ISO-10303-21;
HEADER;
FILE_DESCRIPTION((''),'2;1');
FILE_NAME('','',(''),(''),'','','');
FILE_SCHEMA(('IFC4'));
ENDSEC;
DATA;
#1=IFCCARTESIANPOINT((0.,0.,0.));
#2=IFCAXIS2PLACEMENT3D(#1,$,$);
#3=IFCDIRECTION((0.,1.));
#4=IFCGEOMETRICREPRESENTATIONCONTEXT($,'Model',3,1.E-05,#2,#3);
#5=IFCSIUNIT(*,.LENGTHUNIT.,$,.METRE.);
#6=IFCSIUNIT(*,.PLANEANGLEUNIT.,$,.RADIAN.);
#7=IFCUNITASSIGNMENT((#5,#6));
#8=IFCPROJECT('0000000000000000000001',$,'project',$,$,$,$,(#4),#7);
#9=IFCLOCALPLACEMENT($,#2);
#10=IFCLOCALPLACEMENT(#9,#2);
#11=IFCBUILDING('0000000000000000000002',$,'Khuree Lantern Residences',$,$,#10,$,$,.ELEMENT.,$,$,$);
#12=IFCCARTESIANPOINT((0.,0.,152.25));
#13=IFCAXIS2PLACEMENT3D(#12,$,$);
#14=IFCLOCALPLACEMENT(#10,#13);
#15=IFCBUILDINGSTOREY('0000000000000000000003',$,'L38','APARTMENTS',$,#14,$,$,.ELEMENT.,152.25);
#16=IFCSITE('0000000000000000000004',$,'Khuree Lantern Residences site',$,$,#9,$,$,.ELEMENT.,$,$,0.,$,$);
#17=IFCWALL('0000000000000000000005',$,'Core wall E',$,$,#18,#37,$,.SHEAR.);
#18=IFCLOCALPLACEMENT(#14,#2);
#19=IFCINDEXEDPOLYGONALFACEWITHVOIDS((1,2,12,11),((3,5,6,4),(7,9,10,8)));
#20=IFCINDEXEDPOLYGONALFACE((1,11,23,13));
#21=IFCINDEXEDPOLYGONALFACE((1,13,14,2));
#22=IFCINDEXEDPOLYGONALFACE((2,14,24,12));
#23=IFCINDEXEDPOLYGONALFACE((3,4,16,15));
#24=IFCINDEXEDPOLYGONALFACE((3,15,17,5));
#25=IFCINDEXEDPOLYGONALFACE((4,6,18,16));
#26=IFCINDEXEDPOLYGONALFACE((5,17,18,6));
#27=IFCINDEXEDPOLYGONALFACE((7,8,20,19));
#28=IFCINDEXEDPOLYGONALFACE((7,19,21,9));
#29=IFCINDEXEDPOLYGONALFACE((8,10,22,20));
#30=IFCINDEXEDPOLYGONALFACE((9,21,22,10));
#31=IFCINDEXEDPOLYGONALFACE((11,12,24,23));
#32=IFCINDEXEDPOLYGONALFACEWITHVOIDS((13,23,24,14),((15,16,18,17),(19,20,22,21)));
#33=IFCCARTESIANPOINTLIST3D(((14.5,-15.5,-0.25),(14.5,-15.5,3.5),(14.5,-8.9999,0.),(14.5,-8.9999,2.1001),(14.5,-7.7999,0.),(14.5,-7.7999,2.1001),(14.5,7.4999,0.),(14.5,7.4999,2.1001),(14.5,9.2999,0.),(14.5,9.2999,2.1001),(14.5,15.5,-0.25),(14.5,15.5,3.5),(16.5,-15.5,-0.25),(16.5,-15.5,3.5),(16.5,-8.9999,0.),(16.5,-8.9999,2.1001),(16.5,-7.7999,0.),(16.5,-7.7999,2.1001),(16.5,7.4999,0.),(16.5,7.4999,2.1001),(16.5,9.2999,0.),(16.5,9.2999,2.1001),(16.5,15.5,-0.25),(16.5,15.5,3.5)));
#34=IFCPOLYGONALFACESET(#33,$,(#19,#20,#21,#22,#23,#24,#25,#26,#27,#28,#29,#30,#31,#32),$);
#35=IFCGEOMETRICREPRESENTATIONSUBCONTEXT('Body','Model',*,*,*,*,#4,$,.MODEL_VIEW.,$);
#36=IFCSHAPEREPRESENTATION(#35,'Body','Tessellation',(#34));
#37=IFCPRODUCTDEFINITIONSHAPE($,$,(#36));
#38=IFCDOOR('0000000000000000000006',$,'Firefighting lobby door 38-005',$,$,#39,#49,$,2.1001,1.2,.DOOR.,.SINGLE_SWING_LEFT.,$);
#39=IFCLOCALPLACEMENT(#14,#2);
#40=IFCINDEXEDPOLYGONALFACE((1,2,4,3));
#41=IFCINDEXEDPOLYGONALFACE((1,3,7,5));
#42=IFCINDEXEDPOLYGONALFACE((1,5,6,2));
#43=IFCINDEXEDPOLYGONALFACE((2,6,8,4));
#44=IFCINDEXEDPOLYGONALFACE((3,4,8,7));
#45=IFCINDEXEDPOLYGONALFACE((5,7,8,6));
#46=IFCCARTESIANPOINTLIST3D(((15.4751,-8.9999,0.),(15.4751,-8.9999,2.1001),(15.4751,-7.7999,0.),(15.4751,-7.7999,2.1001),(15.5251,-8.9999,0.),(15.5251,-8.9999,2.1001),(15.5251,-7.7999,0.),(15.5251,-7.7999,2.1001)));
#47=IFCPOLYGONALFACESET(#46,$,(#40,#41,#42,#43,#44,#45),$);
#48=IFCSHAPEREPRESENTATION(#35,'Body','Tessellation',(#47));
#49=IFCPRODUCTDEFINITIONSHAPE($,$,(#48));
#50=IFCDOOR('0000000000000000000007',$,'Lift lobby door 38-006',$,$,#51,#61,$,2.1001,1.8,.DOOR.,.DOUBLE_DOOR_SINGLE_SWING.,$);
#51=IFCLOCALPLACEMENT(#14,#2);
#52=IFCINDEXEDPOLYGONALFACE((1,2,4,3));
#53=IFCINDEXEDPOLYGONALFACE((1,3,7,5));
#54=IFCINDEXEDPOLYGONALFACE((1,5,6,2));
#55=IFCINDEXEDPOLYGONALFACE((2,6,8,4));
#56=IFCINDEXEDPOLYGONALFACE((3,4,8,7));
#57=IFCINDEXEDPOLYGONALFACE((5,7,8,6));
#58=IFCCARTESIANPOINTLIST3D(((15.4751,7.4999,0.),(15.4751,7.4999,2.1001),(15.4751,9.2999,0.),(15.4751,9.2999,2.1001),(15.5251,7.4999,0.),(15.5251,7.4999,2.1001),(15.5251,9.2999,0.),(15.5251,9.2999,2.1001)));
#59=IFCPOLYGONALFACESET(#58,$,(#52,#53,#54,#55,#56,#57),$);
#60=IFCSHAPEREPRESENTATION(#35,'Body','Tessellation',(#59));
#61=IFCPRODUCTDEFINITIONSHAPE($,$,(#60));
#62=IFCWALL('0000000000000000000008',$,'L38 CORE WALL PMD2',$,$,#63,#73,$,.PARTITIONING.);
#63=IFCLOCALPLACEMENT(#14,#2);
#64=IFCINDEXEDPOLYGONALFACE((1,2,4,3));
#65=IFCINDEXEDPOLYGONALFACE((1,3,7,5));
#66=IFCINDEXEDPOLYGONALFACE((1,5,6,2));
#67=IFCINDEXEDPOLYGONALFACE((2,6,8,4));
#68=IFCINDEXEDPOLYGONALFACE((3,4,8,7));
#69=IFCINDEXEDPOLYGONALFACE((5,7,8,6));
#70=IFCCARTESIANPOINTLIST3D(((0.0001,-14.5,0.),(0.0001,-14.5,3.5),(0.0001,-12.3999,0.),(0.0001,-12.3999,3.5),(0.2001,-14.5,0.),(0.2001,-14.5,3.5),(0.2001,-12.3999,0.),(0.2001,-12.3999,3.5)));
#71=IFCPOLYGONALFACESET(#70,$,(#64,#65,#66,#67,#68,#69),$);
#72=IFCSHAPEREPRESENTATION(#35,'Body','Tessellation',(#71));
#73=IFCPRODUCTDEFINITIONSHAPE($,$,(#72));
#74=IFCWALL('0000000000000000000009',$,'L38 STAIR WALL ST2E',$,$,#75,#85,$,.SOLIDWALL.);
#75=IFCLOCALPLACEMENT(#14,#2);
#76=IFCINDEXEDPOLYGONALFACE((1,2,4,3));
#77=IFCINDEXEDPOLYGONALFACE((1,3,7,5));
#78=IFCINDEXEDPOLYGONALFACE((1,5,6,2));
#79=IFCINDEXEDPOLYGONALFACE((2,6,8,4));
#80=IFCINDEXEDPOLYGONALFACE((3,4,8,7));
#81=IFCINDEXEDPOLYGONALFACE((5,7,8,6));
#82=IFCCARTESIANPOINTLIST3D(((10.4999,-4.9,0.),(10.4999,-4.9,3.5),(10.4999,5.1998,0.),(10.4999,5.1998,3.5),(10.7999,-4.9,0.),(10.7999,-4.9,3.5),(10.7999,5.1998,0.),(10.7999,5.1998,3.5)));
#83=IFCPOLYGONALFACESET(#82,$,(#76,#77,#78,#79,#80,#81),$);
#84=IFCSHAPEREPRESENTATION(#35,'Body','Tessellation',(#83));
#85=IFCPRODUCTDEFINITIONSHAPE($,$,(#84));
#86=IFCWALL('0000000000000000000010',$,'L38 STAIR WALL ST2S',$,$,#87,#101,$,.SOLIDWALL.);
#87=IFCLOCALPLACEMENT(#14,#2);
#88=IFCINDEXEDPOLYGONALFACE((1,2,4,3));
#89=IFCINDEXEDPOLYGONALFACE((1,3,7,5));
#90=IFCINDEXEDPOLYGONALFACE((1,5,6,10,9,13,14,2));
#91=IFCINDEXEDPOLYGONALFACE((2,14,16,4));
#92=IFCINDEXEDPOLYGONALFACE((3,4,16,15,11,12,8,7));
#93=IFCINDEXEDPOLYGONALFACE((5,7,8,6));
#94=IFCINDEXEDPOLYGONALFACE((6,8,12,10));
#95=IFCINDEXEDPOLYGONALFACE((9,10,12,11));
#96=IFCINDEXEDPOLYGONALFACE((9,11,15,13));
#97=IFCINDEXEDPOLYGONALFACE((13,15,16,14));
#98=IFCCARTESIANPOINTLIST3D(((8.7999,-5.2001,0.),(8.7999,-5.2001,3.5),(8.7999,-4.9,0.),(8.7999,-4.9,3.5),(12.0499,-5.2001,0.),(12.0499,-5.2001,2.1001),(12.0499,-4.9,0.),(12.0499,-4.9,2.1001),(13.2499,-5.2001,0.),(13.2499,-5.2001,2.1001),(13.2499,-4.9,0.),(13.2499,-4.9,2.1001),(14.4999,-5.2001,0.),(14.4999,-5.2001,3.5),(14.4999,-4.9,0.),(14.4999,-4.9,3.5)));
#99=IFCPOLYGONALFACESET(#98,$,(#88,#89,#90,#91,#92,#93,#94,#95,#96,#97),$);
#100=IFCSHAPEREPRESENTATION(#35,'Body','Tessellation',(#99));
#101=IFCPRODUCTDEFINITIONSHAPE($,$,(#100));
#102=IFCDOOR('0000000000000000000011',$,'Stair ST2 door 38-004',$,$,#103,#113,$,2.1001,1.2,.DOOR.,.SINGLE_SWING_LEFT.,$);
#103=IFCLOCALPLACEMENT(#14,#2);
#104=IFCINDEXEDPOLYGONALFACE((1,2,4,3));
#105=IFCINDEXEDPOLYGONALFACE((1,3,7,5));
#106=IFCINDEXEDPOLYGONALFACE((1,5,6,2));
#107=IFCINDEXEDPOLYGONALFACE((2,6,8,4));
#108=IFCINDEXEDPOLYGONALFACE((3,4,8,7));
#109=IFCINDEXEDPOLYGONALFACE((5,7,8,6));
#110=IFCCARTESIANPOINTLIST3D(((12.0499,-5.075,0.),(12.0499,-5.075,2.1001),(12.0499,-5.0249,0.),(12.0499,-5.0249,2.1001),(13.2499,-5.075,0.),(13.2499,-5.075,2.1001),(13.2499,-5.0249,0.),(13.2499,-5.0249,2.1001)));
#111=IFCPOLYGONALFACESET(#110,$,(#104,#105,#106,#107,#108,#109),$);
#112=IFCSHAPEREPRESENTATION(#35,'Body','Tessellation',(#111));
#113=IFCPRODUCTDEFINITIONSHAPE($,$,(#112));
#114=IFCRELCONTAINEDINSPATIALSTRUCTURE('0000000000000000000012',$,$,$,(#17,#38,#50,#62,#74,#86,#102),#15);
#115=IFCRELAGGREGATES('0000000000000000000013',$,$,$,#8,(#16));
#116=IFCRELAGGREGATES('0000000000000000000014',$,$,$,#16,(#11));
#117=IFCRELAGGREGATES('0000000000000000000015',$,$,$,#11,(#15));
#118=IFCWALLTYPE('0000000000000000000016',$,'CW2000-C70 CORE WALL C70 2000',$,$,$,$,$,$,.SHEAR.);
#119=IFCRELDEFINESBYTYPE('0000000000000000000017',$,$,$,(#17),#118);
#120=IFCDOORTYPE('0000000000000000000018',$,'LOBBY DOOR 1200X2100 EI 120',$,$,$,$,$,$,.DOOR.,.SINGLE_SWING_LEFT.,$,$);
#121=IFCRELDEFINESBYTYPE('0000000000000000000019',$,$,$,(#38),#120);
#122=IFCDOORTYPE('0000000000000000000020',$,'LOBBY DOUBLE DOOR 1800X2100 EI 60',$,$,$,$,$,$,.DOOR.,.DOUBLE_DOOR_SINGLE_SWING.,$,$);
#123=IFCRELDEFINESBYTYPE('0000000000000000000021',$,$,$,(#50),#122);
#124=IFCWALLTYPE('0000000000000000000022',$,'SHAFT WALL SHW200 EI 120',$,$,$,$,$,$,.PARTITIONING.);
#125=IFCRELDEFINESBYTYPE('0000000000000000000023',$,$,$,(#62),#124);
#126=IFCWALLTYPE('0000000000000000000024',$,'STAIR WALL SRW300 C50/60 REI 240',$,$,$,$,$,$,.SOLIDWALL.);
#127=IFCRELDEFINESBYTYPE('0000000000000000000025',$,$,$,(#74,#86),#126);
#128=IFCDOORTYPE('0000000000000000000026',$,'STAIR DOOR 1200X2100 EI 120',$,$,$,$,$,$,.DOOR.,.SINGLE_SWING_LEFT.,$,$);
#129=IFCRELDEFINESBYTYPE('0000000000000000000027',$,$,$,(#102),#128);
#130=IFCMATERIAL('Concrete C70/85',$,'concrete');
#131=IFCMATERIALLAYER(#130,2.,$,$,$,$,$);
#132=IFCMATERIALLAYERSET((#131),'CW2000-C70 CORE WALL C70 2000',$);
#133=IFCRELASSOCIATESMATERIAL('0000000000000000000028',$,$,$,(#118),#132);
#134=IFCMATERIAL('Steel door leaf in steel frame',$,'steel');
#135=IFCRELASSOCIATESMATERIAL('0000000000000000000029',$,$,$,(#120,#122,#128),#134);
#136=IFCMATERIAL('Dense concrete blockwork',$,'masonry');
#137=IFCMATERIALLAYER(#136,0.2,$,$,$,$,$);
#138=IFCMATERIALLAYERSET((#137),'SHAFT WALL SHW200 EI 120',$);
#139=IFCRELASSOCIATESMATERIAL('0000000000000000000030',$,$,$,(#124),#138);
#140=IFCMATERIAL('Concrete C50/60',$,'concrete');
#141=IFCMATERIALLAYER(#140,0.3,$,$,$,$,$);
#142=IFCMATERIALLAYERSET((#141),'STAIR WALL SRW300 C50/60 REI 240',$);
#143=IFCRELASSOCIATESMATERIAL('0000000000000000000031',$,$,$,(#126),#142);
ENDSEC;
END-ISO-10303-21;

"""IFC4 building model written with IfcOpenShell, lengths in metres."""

from ifc_helpers import new_model, si_unit, direction, frame, frame_2d, origin, place, context, subcontext, project, spatial, rectangle, extrude, material, layer, layer_set, type_object, element, fill, save


model = new_model("IFC4")

# Units and contexts
model_context = context("Model", 3, precision=1e-05, world=origin(), true_north=direction((0.0, 1.0)))
body_context = subcontext(model_context, "Body", "Model", "MODEL_VIEW")
ifc_project = project(units=[si_unit("LENGTHUNIT", "METRE"), si_unit("PLANEANGLEUNIT", "RADIAN")], contexts=[model_context])

# Site, building, storey
site_placement = place(None, origin())
site = spatial("IfcSite", under=ifc_project, at=site_placement, Name="Khuree Lantern Residences site", CompositionType="ELEMENT", RefElevation=0.0)
building_placement = place(site_placement, origin())
building = spatial("IfcBuilding", under=site, at=building_placement, Name="Khuree Lantern Residences", CompositionType="ELEMENT")
storey_placement = place(building_placement, frame((0.0, 0.0, 152.25)))
storey = spatial("IfcBuildingStorey", under=building, at=storey_placement, Name="L38", Description="APARTMENTS", CompositionType="ELEMENT", Elevation=152.25)

# Shared definitions
ifc_material_1 = material(Name="Dense concrete blockwork", Category="masonry")

# Wall, openings, doors
ifc_material_2 = material(Name="Concrete C70/85", Category="concrete")
ifc_layer_1 = layer(ifc_material_2, 2.0)
ifc_layer_set_1 = layer_set([ifc_layer_1], Name="CW2000-C70 CORE WALL C70 2000")
wall_type_1 = type_object("IfcWallType", Name="CW2000-C70 CORE WALL C70 2000", PredefinedType="SHEAR", material=ifc_layer_set_1)
wall_1_placement = place(storey_placement, frame((15.5, -15.5, -0.25), z_axis=(0.0, 0.0, 1.0), x_axis=(0.0, 1.0, 0.0)))
wall_1 = element("IfcWall", 1, at=wall_1_placement, inside=storey, type_object=wall_type_1, Name="Core wall E", PredefinedType="SHEAR", context=body_context, shape_type="SweptSolid", body=[
    extrude(rectangle(XDim=31.0, YDim=2.0, at=frame_2d((15.5, 0.0))), origin(), (0.0, 0.0, 1.0), 3.75),
])
opening_1_placement = place(wall_1_placement, frame((6.5, 0.0, 0.25)))
opening_1 = element("IfcOpeningElement", 2, at=opening_1_placement, cuts=wall_1, PredefinedType="OPENING", context=body_context, shape_type="SweptSolid", body=[
    extrude(rectangle(XDim=1.2, YDim=2.1001, at=frame_2d((0.6001, 1.05))), frame((0.0, 1.01, 0.0), z_axis=(0.0, -1.0, 0.0), x_axis=(1.0, 0.0, 0.0)), (0.0, 0.0, 1.0), 2.02),
])
opening_2_placement = place(wall_1_placement, frame((23.0, 0.0, 0.25)))
opening_2 = element("IfcOpeningElement", 3, at=opening_2_placement, cuts=wall_1, PredefinedType="OPENING", context=body_context, shape_type="SweptSolid", body=[
    extrude(rectangle(XDim=1.8, YDim=2.1001, at=frame_2d((0.8999, 1.05))), frame((0.0, 1.01, 0.0), z_axis=(0.0, -1.0, 0.0), x_axis=(1.0, 0.0, 0.0)), (0.0, 0.0, 1.0), 2.02),
])
ifc_material_3 = material(Name="Steel door leaf in steel frame", Category="steel")
door_type_1 = type_object("IfcDoorType", Name="LOBBY DOOR 1200X2100 EI 120", OperationType="SINGLE_SWING_LEFT", PredefinedType="DOOR", material=ifc_material_3)
door_1_placement = place(opening_1_placement, origin())
door_1 = element("IfcDoor", 4, at=door_1_placement, inside=storey, type_object=door_type_1, Name="Firefighting lobby door 38-005", OperationType="SINGLE_SWING_LEFT", OverallHeight=2.1001, OverallWidth=1.2, PredefinedType="DOOR", context=body_context, shape_type="SweptSolid", body=[
    extrude(rectangle(XDim=1.2, YDim=2.1001, at=frame_2d((0.6001, 1.05))), frame((0.0, 0.0249, 0.0), z_axis=(0.0, -1.0, 0.0), x_axis=(1.0, 0.0, 0.0)), (0.0, 0.0, 1.0), 0.05),
])
fill(opening_1, door_1)
door_type_2 = type_object("IfcDoorType", Name="LOBBY DOUBLE DOOR 1800X2100 EI 60", OperationType="DOUBLE_DOOR_SINGLE_SWING", PredefinedType="DOOR", material=ifc_material_3)
door_2_placement = place(opening_2_placement, origin())
door_2 = element("IfcDoor", 5, at=door_2_placement, inside=storey, type_object=door_type_2, Name="Lift lobby door 38-006", OperationType="DOUBLE_DOOR_SINGLE_SWING", OverallHeight=2.1001, OverallWidth=1.8, PredefinedType="DOOR", context=body_context, shape_type="SweptSolid", body=[
    extrude(rectangle(XDim=1.8, YDim=2.1001, at=frame_2d((0.8999, 1.05))), frame((0.0, 0.0249, 0.0), z_axis=(0.0, -1.0, 0.0), x_axis=(1.0, 0.0, 0.0)), (0.0, 0.0, 1.0), 0.05),
])
fill(opening_2, door_2)

# Walls
ifc_layer_2 = layer(ifc_material_1, 0.2)
ifc_layer_set_2 = layer_set([ifc_layer_2], Name="SHAFT WALL SHW200 EI 120")
wall_type_2 = type_object("IfcWallType", Name="SHAFT WALL SHW200 EI 120", PredefinedType="PARTITIONING", material=ifc_layer_set_2)
wall_2_placement = place(storey_placement, frame((0.1001, -14.5, 0.0), z_axis=(0.0, 0.0, 1.0), x_axis=(0.0, 1.0, 0.0)))
element("IfcWall", 6, at=wall_2_placement, inside=storey, type_object=wall_type_2, Name="L38 CORE WALL PMD2", PredefinedType="PARTITIONING", context=body_context, shape_type="SweptSolid", body=[
    extrude(rectangle(XDim=2.1001, YDim=0.2, at=frame_2d((1.05, 0.0))), origin(), (0.0, 0.0, 1.0), 3.5),
])
ifc_material_4 = material(Name="Concrete C50/60", Category="concrete")
ifc_layer_3 = layer(ifc_material_4, 0.3)
ifc_layer_set_3 = layer_set([ifc_layer_3], Name="STAIR WALL SRW300 C50/60 REI 240")
wall_type_3 = type_object("IfcWallType", Name="STAIR WALL SRW300 C50/60 REI 240", PredefinedType="SOLIDWALL", material=ifc_layer_set_3)
wall_3_placement = place(storey_placement, frame((10.6499, -4.8999, 0.0), z_axis=(0.0, 0.0, 1.0), x_axis=(0.0, 1.0, 0.0)))
element("IfcWall", 7, at=wall_3_placement, inside=storey, type_object=wall_type_3, Name="L38 STAIR WALL ST2E", PredefinedType="SOLIDWALL", context=body_context, shape_type="SweptSolid", body=[
    extrude(rectangle(XDim=10.0999, YDim=0.3, at=frame_2d((5.0498, 0.0))), origin(), (0.0, 0.0, 1.0), 3.5),
])

# Wall, opening, door
wall_4_placement = place(storey_placement, frame((14.5, -5.05, 0.0), z_axis=(0.0, 0.0, 1.0), x_axis=(-1.0, 0.0, 0.0)))
wall_4 = element("IfcWall", 8, at=wall_4_placement, inside=storey, type_object=wall_type_3, Name="L38 STAIR WALL ST2S", PredefinedType="SOLIDWALL", context=body_context, shape_type="SweptSolid", body=[
    extrude(rectangle(XDim=5.7, YDim=0.3, at=frame_2d((2.8501, 0.0))), origin(), (0.0, 0.0, 1.0), 3.5),
])
opening_3_placement = place(wall_4_placement, frame((1.25, 0.0, 0.0)))
opening_3 = element("IfcOpeningElement", 9, at=opening_3_placement, cuts=wall_4, PredefinedType="OPENING", context=body_context, shape_type="SweptSolid", body=[
    extrude(rectangle(XDim=1.2, YDim=2.1001, at=frame_2d((0.6001, 1.05))), frame((0.0, 0.1602, 0.0), z_axis=(0.0, -1.0, 0.0), x_axis=(1.0, 0.0, 0.0)), (0.0, 0.0, 1.0), 0.3201),
])
door_type_3 = type_object("IfcDoorType", Name="STAIR DOOR 1200X2100 EI 120", OperationType="SINGLE_SWING_LEFT", PredefinedType="DOOR", material=ifc_material_3)
door_3_placement = place(opening_3_placement, origin())
door_3 = element("IfcDoor", 10, at=door_3_placement, inside=storey, type_object=door_type_3, Name="Stair ST2 door 38-004", OperationType="SINGLE_SWING_LEFT", OverallHeight=2.1001, OverallWidth=1.2, PredefinedType="DOOR", context=body_context, shape_type="SweptSolid", body=[
    extrude(rectangle(XDim=1.2, YDim=2.1001, at=frame_2d((0.6001, 1.05))), frame((0.0, 0.0249, 0.0), z_axis=(0.0, -1.0, 0.0), x_axis=(1.0, 0.0, 0.0)), (0.0, 0.0, 1.0), 0.05),
])
fill(opening_3, door_3)

save(model, "model.ifc")
